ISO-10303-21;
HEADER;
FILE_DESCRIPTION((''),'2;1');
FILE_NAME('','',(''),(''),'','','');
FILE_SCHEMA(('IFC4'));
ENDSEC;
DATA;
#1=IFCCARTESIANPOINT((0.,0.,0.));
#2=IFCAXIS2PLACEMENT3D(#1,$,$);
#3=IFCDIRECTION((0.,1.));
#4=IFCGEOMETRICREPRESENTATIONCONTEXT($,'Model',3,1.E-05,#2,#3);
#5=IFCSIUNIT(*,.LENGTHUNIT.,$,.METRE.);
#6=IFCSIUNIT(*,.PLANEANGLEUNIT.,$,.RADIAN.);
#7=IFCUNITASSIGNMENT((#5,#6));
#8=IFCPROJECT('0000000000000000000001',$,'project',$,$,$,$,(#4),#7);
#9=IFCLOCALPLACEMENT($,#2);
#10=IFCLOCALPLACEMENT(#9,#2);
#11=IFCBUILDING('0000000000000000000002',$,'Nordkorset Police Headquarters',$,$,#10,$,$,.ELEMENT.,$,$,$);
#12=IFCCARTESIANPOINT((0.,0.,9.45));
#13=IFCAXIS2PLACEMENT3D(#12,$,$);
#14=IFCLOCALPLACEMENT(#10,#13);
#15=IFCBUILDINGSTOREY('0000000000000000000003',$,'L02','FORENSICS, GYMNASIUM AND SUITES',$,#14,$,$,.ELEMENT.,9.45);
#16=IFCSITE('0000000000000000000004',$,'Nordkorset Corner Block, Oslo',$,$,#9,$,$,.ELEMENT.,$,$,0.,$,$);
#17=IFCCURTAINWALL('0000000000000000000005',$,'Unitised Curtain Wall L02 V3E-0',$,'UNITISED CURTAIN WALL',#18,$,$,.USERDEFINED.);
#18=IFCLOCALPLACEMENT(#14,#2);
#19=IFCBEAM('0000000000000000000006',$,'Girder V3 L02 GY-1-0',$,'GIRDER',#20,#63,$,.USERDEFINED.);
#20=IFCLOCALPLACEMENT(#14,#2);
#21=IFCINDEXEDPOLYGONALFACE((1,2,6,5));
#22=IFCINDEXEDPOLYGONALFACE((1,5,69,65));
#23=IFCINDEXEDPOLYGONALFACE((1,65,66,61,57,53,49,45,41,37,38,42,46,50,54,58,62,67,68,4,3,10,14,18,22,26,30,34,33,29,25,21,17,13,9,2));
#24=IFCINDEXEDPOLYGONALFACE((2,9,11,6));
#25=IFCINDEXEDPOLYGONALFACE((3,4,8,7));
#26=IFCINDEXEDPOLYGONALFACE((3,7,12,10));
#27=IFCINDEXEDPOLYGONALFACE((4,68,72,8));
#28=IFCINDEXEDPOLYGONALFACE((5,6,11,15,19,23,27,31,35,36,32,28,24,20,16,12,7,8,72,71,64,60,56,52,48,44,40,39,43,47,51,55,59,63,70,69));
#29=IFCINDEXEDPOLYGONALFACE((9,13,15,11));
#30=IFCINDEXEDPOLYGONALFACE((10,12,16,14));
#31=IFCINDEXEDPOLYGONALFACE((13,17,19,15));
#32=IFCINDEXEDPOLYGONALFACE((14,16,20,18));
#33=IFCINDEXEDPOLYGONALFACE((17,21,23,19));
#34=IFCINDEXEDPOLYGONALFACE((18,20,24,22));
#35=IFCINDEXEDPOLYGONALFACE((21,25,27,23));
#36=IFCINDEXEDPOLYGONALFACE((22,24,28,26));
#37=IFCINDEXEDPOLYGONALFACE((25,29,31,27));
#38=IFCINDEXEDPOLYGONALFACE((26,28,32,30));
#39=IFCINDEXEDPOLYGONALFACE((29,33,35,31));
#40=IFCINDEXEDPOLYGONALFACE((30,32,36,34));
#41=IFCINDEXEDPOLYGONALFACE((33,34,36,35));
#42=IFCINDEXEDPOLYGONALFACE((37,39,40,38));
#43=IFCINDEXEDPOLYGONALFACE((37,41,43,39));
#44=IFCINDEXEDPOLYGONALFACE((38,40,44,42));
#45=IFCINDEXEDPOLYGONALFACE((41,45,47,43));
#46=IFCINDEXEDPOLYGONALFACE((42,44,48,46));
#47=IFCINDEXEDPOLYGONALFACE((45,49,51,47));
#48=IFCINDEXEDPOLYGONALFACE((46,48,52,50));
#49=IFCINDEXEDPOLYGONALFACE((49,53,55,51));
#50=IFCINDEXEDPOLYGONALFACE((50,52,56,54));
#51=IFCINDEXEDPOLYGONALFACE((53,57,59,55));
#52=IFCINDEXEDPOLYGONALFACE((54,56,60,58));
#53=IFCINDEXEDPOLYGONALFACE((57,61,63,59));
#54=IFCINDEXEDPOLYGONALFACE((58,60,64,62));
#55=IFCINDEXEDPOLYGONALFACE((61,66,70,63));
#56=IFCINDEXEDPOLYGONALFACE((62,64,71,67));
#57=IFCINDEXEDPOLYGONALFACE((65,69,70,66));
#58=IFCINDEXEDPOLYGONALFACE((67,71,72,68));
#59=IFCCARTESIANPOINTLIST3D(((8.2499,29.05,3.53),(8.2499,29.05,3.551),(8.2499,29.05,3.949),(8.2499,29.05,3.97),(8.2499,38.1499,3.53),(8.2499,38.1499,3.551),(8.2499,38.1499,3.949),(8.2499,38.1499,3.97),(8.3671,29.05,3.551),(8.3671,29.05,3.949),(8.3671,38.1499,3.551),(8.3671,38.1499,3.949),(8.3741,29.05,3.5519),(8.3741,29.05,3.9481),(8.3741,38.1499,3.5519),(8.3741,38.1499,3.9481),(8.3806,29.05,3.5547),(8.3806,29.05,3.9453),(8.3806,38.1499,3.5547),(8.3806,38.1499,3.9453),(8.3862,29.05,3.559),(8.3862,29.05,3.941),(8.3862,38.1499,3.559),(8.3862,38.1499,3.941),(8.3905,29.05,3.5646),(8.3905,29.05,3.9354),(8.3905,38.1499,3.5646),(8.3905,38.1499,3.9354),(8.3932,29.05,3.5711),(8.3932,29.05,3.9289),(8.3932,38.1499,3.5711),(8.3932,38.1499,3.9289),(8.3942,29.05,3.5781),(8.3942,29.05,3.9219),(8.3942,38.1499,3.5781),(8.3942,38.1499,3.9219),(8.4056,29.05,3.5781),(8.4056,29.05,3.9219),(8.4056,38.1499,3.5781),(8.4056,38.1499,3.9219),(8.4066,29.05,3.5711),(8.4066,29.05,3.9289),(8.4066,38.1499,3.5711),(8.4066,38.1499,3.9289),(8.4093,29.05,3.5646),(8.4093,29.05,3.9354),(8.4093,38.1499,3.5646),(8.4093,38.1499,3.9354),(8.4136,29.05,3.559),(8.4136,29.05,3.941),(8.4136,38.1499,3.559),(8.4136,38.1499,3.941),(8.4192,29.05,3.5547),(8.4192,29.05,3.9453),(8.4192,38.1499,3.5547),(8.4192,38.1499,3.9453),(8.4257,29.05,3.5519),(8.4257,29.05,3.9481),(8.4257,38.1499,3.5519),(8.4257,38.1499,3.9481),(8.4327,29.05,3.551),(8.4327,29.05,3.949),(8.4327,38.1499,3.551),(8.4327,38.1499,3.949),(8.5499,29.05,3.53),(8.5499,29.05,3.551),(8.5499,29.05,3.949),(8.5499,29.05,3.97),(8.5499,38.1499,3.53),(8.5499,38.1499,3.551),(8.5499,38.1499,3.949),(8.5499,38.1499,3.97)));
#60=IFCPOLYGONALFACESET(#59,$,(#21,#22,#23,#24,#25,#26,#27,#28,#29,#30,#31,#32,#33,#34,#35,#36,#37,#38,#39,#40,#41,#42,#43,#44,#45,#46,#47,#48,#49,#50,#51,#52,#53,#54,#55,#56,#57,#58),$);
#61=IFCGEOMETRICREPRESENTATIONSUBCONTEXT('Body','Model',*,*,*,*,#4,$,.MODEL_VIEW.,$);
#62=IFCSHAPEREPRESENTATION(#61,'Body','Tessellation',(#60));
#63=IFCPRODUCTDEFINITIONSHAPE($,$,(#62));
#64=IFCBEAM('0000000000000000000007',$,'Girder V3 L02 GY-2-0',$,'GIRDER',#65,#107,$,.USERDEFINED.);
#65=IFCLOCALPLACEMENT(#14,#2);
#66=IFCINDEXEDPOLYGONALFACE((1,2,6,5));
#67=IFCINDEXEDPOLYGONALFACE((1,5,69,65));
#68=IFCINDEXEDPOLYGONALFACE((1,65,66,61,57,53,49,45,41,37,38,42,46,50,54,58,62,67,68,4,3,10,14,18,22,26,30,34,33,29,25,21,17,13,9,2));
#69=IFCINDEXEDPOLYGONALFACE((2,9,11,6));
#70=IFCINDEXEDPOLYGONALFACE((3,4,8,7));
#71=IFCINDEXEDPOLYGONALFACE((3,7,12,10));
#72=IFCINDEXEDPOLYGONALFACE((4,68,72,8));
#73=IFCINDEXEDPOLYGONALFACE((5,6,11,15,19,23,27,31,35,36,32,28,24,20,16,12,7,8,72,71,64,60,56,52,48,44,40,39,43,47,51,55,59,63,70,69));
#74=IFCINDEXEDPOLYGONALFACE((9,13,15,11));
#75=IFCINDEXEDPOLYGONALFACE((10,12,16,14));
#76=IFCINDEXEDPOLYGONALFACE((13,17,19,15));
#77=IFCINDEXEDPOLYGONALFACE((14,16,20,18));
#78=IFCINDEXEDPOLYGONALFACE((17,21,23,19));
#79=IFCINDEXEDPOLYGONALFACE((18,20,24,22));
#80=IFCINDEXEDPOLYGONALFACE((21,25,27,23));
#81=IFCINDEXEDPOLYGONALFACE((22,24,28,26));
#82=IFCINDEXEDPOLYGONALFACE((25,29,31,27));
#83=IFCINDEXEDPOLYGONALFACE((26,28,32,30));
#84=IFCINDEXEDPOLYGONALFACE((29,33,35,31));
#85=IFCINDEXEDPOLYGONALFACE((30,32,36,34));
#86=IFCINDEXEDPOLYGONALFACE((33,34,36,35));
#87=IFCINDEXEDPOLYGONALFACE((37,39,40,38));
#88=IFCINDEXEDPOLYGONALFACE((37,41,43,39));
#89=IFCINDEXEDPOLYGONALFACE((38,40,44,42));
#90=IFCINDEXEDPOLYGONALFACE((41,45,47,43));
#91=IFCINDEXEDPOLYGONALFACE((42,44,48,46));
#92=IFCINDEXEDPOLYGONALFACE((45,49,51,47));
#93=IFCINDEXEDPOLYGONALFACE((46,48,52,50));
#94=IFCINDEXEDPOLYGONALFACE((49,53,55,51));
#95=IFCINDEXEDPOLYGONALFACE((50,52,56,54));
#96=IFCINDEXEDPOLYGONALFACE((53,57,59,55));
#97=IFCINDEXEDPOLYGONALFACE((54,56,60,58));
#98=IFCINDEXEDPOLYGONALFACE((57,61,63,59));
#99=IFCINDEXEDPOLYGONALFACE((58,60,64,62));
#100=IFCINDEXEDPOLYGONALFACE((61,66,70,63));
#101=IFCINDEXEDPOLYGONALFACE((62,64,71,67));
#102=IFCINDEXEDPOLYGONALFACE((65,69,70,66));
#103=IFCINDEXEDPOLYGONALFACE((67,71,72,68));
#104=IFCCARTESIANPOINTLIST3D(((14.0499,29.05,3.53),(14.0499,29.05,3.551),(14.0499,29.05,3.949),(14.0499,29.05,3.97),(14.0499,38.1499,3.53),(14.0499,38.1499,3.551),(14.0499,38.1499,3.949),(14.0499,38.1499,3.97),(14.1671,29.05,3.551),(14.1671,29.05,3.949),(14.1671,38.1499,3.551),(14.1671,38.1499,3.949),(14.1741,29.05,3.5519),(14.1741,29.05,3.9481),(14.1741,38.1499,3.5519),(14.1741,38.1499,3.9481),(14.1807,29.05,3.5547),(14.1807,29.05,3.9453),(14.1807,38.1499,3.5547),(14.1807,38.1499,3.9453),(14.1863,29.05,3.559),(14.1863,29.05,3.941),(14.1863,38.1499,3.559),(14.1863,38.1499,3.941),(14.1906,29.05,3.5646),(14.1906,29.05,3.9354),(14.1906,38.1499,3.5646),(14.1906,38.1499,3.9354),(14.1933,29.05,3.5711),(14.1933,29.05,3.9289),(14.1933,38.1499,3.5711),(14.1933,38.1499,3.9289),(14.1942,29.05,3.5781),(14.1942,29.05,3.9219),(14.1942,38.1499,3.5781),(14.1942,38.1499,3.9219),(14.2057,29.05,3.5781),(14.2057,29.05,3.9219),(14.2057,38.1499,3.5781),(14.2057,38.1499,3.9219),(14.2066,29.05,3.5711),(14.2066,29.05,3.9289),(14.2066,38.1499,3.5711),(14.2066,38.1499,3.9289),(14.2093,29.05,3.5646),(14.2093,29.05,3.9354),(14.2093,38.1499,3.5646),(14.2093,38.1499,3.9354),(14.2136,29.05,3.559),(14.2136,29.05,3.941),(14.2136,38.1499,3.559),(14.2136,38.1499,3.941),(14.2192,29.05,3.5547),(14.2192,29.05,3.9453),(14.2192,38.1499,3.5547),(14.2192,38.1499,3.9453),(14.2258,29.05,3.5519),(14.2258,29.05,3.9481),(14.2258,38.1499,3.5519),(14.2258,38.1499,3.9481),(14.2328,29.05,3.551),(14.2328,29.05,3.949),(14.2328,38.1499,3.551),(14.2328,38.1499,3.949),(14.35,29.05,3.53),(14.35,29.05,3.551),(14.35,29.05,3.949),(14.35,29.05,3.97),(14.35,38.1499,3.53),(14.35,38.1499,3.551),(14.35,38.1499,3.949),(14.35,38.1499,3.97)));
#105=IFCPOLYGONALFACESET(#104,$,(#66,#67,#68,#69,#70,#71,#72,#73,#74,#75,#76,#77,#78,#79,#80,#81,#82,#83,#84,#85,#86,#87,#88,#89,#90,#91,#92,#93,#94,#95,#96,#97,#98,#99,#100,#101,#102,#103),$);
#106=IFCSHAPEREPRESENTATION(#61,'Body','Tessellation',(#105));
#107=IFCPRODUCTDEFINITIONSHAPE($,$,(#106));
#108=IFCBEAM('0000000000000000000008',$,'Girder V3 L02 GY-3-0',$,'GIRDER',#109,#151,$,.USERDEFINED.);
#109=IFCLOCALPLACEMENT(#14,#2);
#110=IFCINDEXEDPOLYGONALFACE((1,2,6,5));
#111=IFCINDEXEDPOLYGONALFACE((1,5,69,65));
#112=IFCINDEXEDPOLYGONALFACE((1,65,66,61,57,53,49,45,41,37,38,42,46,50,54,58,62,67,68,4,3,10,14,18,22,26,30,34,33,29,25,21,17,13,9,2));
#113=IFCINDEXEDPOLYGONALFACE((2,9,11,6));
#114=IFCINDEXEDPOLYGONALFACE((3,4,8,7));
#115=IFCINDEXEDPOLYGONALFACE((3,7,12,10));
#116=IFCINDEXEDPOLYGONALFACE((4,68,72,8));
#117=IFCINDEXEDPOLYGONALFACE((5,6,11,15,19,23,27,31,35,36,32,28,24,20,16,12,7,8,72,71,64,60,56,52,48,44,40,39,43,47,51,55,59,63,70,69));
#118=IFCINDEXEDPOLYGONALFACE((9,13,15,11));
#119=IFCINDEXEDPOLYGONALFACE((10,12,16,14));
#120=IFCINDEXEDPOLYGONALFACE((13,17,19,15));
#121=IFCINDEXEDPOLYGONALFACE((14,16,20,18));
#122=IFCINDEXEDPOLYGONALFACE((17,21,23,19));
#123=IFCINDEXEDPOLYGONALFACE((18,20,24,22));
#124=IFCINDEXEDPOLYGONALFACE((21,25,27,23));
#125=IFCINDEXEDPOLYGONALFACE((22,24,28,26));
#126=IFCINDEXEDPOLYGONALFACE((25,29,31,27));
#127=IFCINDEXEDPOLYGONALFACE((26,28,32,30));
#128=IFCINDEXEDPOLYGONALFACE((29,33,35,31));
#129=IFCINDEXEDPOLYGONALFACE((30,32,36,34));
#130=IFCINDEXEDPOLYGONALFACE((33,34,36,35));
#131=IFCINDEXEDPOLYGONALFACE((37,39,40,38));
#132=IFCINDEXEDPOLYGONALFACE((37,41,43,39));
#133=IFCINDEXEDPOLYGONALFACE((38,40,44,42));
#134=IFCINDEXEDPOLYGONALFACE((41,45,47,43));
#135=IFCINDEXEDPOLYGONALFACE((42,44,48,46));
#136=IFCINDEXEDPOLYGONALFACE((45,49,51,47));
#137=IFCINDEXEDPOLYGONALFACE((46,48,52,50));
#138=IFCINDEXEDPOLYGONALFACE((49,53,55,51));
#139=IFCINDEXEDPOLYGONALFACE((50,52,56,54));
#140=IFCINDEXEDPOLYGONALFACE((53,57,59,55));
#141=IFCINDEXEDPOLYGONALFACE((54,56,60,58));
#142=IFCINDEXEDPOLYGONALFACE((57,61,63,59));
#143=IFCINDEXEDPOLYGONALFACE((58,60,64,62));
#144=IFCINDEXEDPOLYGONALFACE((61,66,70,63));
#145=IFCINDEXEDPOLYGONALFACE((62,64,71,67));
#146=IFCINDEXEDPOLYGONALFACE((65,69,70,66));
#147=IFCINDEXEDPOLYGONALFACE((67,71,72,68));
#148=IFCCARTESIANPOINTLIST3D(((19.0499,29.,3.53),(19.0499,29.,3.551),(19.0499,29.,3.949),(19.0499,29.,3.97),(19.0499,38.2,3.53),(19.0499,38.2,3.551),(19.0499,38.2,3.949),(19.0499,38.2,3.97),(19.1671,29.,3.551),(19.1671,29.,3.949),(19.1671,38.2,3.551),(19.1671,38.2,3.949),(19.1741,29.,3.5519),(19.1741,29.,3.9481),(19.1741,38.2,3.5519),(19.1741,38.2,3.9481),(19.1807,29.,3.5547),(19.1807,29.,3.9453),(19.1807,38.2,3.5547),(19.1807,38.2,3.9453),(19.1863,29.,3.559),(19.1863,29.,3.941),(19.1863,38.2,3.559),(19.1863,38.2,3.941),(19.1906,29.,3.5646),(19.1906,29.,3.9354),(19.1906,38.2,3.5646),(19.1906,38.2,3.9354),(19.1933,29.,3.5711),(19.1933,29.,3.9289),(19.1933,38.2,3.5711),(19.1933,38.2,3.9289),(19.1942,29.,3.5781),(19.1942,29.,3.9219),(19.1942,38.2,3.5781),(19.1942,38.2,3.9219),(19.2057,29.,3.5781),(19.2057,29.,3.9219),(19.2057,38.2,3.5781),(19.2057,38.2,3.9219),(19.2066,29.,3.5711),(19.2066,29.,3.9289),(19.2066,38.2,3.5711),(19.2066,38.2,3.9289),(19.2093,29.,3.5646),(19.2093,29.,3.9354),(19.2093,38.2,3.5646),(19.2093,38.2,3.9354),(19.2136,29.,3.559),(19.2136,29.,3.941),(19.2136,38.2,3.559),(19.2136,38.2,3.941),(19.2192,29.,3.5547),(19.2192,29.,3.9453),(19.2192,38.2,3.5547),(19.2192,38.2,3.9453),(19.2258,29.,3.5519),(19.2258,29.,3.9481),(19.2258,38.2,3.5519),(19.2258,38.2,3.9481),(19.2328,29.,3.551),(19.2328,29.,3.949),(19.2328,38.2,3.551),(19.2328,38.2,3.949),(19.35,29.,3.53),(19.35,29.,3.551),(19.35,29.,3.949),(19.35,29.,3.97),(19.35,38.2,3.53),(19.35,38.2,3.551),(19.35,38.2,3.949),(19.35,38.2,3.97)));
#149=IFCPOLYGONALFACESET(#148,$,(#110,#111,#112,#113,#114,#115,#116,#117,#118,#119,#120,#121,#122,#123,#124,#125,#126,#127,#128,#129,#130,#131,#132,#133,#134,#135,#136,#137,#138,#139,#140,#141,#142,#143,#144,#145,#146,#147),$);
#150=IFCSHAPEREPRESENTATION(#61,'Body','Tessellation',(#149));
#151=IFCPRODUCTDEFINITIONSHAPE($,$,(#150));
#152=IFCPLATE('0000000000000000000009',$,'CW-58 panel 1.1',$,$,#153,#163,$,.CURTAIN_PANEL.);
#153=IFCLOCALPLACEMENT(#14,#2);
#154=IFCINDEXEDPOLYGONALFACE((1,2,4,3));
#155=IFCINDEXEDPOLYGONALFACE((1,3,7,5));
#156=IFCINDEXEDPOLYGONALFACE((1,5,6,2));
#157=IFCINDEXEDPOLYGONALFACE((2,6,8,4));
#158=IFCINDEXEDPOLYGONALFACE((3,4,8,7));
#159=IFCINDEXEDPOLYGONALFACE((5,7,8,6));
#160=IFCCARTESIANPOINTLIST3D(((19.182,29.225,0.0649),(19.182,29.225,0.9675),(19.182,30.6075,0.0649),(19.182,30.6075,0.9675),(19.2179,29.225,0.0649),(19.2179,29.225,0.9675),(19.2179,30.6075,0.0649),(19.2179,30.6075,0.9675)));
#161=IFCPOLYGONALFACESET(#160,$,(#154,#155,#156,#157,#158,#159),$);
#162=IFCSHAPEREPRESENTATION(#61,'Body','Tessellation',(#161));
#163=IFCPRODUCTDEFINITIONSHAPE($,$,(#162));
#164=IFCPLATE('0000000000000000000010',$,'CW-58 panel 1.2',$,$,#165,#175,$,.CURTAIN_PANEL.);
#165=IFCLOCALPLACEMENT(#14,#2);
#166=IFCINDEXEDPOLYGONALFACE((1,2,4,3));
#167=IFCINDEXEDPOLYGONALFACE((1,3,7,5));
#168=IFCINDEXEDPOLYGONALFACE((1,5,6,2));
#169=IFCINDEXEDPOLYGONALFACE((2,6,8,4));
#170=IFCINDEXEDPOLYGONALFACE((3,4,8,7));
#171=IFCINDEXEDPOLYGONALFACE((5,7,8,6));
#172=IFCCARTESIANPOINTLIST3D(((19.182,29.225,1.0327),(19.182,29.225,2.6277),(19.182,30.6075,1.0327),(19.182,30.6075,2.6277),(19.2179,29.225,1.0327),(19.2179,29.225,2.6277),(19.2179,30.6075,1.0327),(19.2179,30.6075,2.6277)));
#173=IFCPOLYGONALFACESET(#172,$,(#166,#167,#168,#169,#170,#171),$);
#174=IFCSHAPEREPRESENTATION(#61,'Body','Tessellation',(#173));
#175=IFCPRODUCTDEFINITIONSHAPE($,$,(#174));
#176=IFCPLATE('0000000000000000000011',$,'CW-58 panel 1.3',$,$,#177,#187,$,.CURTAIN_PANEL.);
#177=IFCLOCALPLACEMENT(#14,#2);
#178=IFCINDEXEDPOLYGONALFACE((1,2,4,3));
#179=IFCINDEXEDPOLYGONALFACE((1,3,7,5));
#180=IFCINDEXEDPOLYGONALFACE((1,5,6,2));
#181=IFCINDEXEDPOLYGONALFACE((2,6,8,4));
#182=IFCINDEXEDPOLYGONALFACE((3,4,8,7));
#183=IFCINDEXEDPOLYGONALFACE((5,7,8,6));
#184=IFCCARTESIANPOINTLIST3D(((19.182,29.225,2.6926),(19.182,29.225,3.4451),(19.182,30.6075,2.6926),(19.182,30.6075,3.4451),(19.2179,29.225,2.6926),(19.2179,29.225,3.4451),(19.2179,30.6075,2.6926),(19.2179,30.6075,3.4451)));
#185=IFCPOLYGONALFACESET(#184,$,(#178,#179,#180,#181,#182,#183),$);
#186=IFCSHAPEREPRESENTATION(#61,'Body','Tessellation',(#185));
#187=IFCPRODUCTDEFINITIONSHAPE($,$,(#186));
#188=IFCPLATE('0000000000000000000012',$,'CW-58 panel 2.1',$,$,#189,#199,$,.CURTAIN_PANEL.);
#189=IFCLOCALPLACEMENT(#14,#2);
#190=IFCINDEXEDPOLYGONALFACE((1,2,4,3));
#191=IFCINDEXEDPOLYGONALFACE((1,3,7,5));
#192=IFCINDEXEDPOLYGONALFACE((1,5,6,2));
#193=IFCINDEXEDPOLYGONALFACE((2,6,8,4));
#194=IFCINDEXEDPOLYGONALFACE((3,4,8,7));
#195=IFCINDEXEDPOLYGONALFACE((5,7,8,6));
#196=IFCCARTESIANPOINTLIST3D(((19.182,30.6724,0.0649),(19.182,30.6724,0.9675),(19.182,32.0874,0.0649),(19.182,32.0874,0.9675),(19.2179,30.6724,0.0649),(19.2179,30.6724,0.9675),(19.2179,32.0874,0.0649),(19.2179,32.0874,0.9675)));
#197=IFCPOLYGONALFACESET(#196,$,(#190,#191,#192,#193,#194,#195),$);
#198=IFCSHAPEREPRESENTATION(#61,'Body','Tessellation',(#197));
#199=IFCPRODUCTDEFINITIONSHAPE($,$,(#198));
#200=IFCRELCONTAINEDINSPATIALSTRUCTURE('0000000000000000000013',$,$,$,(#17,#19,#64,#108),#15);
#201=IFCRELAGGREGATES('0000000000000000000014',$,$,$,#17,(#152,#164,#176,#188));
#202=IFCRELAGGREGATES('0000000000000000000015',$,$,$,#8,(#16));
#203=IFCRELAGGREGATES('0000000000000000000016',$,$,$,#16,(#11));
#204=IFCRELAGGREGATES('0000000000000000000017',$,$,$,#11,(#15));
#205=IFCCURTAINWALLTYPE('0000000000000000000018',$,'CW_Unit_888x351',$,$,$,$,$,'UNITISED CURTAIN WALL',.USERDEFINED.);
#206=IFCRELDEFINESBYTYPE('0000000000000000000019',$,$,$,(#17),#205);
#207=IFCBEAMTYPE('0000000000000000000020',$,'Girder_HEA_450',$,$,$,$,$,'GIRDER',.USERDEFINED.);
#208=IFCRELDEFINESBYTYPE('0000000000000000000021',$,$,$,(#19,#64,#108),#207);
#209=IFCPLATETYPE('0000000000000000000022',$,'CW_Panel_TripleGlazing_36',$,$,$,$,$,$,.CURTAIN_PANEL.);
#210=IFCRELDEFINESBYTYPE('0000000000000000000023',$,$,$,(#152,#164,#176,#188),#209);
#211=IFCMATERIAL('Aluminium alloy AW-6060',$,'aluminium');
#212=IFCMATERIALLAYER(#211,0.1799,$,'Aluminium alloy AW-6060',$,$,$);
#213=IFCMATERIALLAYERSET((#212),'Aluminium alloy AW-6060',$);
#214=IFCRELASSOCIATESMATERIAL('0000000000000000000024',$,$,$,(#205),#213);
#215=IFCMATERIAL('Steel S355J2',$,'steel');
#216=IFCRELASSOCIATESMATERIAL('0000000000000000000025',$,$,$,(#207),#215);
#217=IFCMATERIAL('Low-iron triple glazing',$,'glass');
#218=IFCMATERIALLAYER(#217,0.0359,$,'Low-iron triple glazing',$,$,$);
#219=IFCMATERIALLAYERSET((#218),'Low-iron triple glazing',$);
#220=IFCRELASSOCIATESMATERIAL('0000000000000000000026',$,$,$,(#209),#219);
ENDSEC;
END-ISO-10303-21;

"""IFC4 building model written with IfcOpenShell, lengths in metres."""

from ifc_helpers import new_model, si_unit, direction, frame, origin, origin_2d, place, context, subcontext, project, spatial, rectangle, i_section, extrude, material, layer, layer_set, material_profile, profile_set, type_object, element, aggregate, save


model = new_model("IFC4")

# Units and contexts
model_context = context("Model", 3, precision=1e-05, world=origin(), true_north=direction((0.0, 1.0)))
body_context = subcontext(model_context, "Body", "Model", "MODEL_VIEW")
ifc_project = project(units=[si_unit("LENGTHUNIT", "METRE"), si_unit("PLANEANGLEUNIT", "RADIAN")], contexts=[model_context])

# Site, building, storey
site_placement = place(None, origin())
site = spatial("IfcSite", under=ifc_project, at=site_placement, Name="Nordkorset Corner Block, Oslo", CompositionType="ELEMENT", RefElevation=0.0)
building_placement = place(site_placement, origin())
building = spatial("IfcBuilding", under=site, at=building_placement, Name="Nordkorset Police Headquarters", CompositionType="ELEMENT")
storey_placement = place(building_placement, frame((0.0, 0.0, 9.45)))
storey = spatial("IfcBuildingStorey", under=building, at=storey_placement, Name="L02", Description="FORENSICS, GYMNASIUM AND SUITES", CompositionType="ELEMENT", Elevation=9.45)

# Curtain wall
ifc_material_1 = material(Name="Aluminium alloy AW-6060", Category="aluminium")
ifc_layer_1 = layer(ifc_material_1, 0.1799, Name="Aluminium alloy AW-6060")
ifc_layer_set_1 = layer_set([ifc_layer_1], Name="Aluminium alloy AW-6060")
curtain_wall_type = type_object("IfcCurtainWallType", Name="CW_Unit_888x351", ElementType="UNITISED CURTAIN WALL", PredefinedType="USERDEFINED", material=ifc_layer_set_1)
curtain_wall_placement = place(storey_placement, origin())
curtain_wall = element("IfcCurtainWall", 1, at=curtain_wall_placement, inside=storey, type_object=curtain_wall_type, Name="Unitised Curtain Wall L02 V3E-0", ObjectType="UNITISED CURTAIN WALL", PredefinedType="USERDEFINED")

# Beams
ifc_material_2 = material(Name="Steel S355J2", Category="steel")
ifc_material_profile_1 = material_profile(ifc_material_2, i_section(OverallWidth=0.3, OverallDepth=0.4399, WebThickness=0.0115, FlangeThickness=0.021, FilletRadius=0.0271, at=origin_2d()), Name="HEA 450")
ifc_profile_set_1 = profile_set([ifc_material_profile_1], Name="Steel S355J2")
beam_type = type_object("IfcBeamType", Name="Girder_HEA_450", ElementType="GIRDER", PredefinedType="USERDEFINED", material=ifc_profile_set_1)
for number, where, z_axis, x_axis, name in (
    (2, (8.3999, 29.05, 3.75), (0.0, 1.0, 0.0), (-1.0, 0.0, 0.0), "Girder V3 L02 GY-1-0"),
    (3, (14.2, 29.05, 3.75), (0.0, 1.0, 0.0), (-1.0, 0.0, 0.0), "Girder V3 L02 GY-2-0"),
):
    element("IfcBeam", number, at=place(storey_placement, frame(where, z_axis=z_axis, x_axis=x_axis)), inside=storey, type_object=beam_type, Name=name, ObjectType="GIRDER", PredefinedType="USERDEFINED", context=body_context, shape_type="SweptSolid", body=[
        extrude(i_section(OverallWidth=0.3, OverallDepth=0.4399, WebThickness=0.0115, FlangeThickness=0.021, FilletRadius=0.0271, at=origin_2d()), origin(), (0.0, 0.0, 1.0), 9.0999),
    ])
beam_placement = place(storey_placement, frame((19.2, 29.0, 3.75), z_axis=(0.0, 1.0, 0.0), x_axis=(-1.0, 0.0, 0.0)))
element("IfcBeam", 4, at=beam_placement, inside=storey, type_object=beam_type, Name="Girder V3 L02 GY-3-0", ObjectType="GIRDER", PredefinedType="USERDEFINED", context=body_context, shape_type="SweptSolid", body=[
    extrude(i_section(OverallWidth=0.3, OverallDepth=0.4399, WebThickness=0.0115, FlangeThickness=0.021, FilletRadius=0.0271, at=origin_2d()), origin(), (0.0, 0.0, 1.0), 9.2),
])

# Plates
ifc_material_3 = material(Name="Low-iron triple glazing", Category="glass")
ifc_layer_2 = layer(ifc_material_3, 0.0359, Name="Low-iron triple glazing")
ifc_layer_set_2 = layer_set([ifc_layer_2], Name="Low-iron triple glazing")
plate_type = type_object("IfcPlateType", Name="CW_Panel_TripleGlazing_36", PredefinedType="CURTAIN_PANEL", material=ifc_layer_set_2)
plate_1_placement = place(storey_placement, frame((19.2, 29.9163, 0.0649), z_axis=(0.0, 0.0, 1.0), x_axis=(0.0, 1.0, 0.0)))
plate_1 = element("IfcPlate", 5, at=plate_1_placement, type_object=plate_type, Name="CW-58 panel 1.1", PredefinedType="CURTAIN_PANEL", context=body_context, shape_type="SweptSolid", body=[
    extrude(rectangle(XDim=1.3826, YDim=0.0359, at=origin_2d()), origin(), (0.0, 0.0, 1.0), 0.9026),
])
plate_2_placement = place(storey_placement, frame((19.2, 29.9163, 1.0327), z_axis=(0.0, 0.0, 1.0), x_axis=(0.0, 1.0, 0.0)))
plate_2 = element("IfcPlate", 6, at=plate_2_placement, type_object=plate_type, Name="CW-58 panel 1.2", PredefinedType="CURTAIN_PANEL", context=body_context, shape_type="SweptSolid", body=[
    extrude(rectangle(XDim=1.3826, YDim=0.0359, at=origin_2d()), origin(), (0.0, 0.0, 1.0), 1.595),
])
plate_3_placement = place(storey_placement, frame((19.2, 29.9163, 2.6926), z_axis=(0.0, 0.0, 1.0), x_axis=(0.0, 1.0, 0.0)))
plate_3 = element("IfcPlate", 7, at=plate_3_placement, type_object=plate_type, Name="CW-58 panel 1.3", PredefinedType="CURTAIN_PANEL", context=body_context, shape_type="SweptSolid", body=[
    extrude(rectangle(XDim=1.3826, YDim=0.0359, at=origin_2d()), origin(), (0.0, 0.0, 1.0), 0.7524),
])
plate_4_placement = place(storey_placement, frame((19.2, 31.3799, 0.0649), z_axis=(0.0, 0.0, 1.0), x_axis=(0.0, 1.0, 0.0)))
plate_4 = element("IfcPlate", 8, at=plate_4_placement, type_object=plate_type, Name="CW-58 panel 2.1", PredefinedType="CURTAIN_PANEL", context=body_context, shape_type="SweptSolid", body=[
    extrude(rectangle(XDim=1.415, YDim=0.0359, at=origin_2d()), origin(), (0.0, 0.0, 1.0), 0.9026),
])
aggregate(curtain_wall, [plate_1, plate_2, plate_3, plate_4])

save(model, "model.ifc")
